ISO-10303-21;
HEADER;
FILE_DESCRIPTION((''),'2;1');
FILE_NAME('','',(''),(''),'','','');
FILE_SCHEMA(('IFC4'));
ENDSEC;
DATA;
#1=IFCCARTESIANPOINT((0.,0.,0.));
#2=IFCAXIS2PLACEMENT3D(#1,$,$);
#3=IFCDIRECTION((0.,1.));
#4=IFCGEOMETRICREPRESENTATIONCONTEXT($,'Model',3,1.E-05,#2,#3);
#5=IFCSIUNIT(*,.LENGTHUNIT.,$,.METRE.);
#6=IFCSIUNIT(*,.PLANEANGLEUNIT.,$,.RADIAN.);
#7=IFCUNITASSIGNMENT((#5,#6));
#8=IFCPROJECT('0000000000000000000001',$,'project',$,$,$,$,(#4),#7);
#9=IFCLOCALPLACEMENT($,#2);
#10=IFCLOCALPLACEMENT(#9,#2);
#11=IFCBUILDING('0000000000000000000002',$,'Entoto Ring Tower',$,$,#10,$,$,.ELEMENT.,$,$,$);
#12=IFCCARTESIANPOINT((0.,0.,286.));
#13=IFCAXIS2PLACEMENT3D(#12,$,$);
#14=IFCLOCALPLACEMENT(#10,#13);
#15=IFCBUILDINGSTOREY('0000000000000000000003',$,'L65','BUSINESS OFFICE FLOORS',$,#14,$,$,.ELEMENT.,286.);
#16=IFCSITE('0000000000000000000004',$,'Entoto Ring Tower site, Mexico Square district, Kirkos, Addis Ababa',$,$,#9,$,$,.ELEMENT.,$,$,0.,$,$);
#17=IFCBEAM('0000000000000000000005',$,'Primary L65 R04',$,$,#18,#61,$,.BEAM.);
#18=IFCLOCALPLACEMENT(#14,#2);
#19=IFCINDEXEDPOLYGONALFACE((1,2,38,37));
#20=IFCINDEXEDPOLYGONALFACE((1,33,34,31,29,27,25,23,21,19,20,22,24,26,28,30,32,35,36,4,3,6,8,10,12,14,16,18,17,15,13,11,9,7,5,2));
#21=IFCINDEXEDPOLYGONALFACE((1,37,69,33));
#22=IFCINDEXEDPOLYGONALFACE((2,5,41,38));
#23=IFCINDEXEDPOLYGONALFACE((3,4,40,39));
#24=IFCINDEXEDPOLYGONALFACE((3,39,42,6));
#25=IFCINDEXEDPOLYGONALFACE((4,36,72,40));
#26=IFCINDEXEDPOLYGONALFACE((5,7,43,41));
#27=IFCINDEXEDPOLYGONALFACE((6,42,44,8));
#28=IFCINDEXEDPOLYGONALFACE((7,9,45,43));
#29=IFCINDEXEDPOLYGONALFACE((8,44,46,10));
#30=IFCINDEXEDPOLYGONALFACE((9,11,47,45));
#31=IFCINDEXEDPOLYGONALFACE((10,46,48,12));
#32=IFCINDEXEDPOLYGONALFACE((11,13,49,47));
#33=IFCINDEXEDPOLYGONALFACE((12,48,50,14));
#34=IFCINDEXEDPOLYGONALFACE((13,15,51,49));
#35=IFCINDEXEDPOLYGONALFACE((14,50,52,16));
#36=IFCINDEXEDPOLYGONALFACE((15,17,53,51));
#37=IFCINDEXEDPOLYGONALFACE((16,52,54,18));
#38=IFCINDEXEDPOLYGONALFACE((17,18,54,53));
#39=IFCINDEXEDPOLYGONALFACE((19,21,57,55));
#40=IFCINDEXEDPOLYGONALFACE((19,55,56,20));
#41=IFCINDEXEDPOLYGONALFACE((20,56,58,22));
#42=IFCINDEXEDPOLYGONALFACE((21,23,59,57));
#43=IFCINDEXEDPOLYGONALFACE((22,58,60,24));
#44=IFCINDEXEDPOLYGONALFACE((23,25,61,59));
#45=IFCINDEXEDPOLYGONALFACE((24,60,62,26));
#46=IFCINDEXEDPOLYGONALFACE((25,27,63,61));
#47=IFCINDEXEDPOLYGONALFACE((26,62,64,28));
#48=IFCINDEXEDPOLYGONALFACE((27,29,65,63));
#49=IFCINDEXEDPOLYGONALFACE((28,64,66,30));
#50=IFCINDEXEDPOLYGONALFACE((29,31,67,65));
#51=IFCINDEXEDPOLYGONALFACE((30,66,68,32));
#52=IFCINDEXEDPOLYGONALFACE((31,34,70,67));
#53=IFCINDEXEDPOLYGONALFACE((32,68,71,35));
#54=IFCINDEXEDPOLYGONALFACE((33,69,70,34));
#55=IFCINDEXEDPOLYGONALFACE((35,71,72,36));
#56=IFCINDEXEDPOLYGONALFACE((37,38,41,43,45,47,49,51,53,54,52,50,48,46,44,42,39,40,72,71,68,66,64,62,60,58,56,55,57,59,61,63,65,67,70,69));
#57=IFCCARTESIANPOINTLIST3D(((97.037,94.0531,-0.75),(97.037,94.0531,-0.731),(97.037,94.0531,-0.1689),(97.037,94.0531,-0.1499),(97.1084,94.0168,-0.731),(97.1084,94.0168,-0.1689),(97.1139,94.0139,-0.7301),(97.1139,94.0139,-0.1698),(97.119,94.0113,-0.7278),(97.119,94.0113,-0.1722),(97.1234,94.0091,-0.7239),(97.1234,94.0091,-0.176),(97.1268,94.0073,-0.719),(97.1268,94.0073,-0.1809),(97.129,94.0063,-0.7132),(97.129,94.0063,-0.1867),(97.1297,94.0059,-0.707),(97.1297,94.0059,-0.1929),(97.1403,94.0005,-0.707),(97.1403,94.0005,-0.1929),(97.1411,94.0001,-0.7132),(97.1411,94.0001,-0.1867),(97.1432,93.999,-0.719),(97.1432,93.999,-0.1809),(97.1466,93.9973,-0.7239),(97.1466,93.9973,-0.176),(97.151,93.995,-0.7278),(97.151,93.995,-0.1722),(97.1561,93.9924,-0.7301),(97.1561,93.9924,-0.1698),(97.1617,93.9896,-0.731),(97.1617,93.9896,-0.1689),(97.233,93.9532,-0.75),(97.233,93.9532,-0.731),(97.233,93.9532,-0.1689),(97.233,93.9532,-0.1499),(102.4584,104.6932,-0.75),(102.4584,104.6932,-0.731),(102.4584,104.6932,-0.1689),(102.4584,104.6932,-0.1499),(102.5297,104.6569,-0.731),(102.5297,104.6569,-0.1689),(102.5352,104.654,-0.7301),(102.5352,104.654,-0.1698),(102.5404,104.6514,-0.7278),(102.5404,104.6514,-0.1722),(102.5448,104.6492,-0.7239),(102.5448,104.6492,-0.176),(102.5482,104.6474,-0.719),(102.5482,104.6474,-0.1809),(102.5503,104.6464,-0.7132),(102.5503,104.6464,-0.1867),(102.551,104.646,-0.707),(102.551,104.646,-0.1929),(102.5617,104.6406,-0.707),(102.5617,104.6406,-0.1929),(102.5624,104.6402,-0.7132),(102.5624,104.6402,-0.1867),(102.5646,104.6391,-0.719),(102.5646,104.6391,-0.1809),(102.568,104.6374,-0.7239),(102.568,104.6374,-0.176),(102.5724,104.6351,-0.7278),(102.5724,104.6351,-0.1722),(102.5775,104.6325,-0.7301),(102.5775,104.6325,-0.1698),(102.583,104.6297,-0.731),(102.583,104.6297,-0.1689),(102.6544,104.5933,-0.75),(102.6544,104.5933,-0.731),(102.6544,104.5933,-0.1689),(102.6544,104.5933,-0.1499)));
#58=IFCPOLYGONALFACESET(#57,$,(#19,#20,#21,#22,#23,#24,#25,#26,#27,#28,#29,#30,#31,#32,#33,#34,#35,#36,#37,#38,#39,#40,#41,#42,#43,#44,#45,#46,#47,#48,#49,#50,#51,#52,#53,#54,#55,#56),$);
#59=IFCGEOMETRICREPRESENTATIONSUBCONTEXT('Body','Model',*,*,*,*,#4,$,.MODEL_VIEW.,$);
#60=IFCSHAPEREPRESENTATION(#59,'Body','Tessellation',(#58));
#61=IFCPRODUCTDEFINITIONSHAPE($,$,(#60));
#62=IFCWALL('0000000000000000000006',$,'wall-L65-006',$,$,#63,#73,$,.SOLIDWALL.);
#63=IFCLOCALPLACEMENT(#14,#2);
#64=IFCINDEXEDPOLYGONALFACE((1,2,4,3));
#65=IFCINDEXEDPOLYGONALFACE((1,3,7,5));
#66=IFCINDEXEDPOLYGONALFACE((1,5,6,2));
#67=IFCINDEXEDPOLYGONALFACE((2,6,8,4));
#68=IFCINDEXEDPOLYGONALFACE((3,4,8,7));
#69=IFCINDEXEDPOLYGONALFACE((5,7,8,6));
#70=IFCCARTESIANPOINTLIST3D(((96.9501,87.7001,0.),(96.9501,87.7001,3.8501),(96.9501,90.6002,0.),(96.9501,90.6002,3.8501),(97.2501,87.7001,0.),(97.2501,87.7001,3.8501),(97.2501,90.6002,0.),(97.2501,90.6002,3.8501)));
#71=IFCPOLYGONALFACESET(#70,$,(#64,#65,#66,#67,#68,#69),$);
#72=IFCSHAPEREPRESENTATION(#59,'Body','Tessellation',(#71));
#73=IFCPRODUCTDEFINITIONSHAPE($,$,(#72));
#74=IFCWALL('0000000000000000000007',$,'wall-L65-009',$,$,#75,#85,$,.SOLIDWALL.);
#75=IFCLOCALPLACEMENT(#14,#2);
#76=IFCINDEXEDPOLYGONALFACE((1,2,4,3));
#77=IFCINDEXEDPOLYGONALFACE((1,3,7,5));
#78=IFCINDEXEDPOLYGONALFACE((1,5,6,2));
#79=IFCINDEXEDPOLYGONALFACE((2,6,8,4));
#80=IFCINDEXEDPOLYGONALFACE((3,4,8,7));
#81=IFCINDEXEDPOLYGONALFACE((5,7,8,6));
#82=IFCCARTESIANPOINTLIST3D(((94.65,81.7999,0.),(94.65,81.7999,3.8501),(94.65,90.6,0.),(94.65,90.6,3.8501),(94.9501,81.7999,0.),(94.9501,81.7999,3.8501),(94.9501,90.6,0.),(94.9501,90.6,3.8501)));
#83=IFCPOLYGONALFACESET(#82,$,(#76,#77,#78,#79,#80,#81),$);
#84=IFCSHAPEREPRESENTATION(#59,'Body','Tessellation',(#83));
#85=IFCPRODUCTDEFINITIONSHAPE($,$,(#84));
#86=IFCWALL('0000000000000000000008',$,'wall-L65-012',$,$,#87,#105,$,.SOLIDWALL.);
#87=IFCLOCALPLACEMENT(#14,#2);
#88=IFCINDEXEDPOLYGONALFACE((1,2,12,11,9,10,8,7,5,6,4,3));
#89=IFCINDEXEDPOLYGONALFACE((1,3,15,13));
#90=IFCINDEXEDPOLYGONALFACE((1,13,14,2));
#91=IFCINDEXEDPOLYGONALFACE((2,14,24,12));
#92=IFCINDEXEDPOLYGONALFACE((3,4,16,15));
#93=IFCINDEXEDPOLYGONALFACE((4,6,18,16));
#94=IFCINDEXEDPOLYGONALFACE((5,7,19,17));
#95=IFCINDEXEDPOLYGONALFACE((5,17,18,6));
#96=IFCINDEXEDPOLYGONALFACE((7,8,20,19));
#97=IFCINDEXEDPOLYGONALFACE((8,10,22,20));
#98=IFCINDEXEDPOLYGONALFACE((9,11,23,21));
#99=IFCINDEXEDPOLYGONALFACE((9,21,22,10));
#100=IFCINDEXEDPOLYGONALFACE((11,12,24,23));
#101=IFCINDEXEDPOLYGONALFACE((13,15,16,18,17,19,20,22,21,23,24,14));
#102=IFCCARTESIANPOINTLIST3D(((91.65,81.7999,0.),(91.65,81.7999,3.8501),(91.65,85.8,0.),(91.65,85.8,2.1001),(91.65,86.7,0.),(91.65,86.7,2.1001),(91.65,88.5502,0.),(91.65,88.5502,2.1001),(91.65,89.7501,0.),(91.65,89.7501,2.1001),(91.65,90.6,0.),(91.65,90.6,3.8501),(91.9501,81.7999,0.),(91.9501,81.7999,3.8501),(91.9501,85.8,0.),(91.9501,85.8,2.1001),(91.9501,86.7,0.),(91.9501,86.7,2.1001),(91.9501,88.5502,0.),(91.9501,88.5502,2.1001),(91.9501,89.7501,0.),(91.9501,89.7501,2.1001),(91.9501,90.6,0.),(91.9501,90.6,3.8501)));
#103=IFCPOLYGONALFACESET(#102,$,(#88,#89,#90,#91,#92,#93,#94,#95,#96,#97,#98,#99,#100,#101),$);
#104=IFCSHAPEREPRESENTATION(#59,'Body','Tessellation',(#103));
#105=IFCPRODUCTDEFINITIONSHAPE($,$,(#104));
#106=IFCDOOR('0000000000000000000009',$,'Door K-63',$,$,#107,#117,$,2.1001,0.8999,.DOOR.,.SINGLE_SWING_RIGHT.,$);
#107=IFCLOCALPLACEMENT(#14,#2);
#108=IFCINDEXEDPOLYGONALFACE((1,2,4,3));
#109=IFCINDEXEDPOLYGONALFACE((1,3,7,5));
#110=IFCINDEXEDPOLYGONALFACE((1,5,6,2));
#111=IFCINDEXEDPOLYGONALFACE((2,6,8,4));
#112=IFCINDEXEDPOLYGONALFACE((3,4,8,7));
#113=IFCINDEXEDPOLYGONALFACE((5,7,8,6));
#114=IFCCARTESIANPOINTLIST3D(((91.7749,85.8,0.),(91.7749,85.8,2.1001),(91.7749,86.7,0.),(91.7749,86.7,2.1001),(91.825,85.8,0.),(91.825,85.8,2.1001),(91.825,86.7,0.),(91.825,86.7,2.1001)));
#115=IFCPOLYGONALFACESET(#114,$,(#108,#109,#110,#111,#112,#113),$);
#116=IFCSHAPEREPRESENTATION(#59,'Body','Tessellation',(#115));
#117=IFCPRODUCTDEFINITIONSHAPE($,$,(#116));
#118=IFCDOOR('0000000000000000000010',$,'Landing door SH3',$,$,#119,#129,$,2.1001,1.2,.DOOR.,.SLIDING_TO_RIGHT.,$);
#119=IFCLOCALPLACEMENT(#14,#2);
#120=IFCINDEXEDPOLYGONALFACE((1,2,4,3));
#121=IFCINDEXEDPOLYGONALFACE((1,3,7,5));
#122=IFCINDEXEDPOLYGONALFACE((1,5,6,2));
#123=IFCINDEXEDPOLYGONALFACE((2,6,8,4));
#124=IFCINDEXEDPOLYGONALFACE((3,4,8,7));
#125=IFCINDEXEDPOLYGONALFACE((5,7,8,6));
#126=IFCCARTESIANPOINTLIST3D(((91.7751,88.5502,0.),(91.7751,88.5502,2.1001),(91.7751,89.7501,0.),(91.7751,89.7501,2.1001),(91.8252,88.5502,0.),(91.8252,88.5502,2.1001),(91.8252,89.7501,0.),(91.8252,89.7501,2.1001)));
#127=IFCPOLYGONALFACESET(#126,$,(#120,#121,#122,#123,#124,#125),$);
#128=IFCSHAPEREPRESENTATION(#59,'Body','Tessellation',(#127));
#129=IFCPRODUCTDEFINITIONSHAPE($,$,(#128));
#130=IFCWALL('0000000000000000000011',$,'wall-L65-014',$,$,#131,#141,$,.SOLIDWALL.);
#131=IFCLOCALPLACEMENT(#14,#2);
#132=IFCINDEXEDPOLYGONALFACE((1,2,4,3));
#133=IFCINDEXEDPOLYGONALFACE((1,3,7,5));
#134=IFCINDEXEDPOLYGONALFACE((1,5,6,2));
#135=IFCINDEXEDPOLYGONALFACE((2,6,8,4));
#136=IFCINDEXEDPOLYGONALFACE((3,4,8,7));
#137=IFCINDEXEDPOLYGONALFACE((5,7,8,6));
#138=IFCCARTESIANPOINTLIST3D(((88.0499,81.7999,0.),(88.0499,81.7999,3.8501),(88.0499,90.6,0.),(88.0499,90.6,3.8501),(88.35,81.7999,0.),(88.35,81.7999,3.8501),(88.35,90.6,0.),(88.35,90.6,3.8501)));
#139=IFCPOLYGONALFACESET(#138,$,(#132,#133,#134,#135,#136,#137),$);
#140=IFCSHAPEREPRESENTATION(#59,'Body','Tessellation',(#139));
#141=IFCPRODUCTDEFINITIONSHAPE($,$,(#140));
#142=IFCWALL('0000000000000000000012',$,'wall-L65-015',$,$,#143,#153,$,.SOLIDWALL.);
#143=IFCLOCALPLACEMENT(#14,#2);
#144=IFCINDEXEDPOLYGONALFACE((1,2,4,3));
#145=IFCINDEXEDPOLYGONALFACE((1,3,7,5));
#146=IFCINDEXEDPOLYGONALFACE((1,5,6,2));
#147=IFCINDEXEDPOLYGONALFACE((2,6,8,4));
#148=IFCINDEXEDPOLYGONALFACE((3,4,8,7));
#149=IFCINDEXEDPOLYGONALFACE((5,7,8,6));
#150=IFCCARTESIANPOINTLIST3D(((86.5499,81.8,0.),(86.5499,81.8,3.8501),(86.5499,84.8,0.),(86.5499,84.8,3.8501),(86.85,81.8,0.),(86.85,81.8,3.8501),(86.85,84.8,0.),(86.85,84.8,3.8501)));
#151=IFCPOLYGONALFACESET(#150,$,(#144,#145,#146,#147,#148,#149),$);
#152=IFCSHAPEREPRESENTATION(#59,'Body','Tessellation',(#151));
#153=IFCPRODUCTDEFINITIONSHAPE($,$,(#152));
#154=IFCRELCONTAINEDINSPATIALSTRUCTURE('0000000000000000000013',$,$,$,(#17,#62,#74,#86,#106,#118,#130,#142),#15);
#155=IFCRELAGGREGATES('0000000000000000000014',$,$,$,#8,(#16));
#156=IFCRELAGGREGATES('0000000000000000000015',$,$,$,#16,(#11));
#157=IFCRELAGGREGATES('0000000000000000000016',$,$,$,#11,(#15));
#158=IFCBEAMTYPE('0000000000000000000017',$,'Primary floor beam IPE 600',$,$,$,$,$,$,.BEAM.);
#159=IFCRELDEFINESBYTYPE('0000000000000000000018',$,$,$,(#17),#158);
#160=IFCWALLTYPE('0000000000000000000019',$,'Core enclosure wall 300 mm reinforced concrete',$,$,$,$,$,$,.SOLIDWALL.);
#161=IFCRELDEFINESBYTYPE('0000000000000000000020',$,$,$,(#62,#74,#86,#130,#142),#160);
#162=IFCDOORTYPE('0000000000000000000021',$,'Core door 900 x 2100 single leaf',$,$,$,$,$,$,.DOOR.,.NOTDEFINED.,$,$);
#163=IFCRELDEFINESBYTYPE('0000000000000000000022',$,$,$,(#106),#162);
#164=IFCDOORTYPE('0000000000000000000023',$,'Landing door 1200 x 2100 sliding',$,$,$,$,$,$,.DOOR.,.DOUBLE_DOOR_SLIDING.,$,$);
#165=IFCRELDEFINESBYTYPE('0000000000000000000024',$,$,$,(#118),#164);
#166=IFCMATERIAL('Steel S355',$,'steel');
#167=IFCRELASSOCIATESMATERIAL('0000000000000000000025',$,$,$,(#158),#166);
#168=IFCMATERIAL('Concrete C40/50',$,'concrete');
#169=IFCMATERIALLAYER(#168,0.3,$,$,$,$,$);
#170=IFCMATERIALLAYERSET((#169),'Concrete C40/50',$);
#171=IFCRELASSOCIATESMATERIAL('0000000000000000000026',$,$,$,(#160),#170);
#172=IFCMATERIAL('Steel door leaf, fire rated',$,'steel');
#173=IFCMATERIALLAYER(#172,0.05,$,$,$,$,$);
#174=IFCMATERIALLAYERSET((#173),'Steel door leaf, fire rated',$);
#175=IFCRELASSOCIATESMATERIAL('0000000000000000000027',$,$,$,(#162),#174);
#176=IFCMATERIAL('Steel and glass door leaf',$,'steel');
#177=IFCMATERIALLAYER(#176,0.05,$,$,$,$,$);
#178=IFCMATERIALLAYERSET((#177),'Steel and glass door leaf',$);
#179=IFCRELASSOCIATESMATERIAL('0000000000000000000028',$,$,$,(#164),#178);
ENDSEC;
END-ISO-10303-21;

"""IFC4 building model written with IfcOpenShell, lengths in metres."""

from ifc_helpers import new_model, si_unit, direction, frame, frame_2d, origin, origin_2d, place, context, subcontext, project, spatial, rectangle, i_section, extrude, material, layer, layer_set, material_profile, profile_set, type_object, element, fill, save


model = new_model("IFC4")

# Units and contexts
model_context = context("Model", 3, precision=1e-05, world=origin(), true_north=direction((0.0, 1.0)))
body_context = subcontext(model_context, "Body", "Model", "MODEL_VIEW")
ifc_project = project(units=[si_unit("LENGTHUNIT", "METRE"), si_unit("PLANEANGLEUNIT", "RADIAN")], contexts=[model_context])

# Site, building, storey
site_placement = place(None, origin())
site = spatial("IfcSite", under=ifc_project, at=site_placement, Name="Entoto Ring Tower site, Mexico Square district, Kirkos, Addis Ababa", CompositionType="ELEMENT", RefElevation=0.0)
building_placement = place(site_placement, origin())
building = spatial("IfcBuilding", under=site, at=building_placement, Name="Entoto Ring Tower", CompositionType="ELEMENT")
storey_placement = place(building_placement, frame((0.0, 0.0, 286.0)))
storey = spatial("IfcBuildingStorey", under=building, at=storey_placement, Name="L65", Description="BUSINESS OFFICE FLOORS", CompositionType="ELEMENT", Elevation=286.0)

# Beam
ifc_material_1 = material(Name="Steel S355", Category="steel")
ifc_material_profile = material_profile(ifc_material_1, i_section(OverallWidth=0.22, OverallDepth=0.6001, WebThickness=0.012, FlangeThickness=0.019, FilletRadius=0.0239, at=origin_2d()), Name="IPE 600")
ifc_profile_set = profile_set([ifc_material_profile], Name="Steel S355")
beam_type = type_object("IfcBeamType", Name="Primary floor beam IPE 600", PredefinedType="BEAM", material=ifc_profile_set)
beam_placement = place(storey_placement, frame((97.135, 94.0032, -0.45), z_axis=(0.453988, 0.891008, 0.0), x_axis=(-0.891008, 0.453988, 0.0)))
element("IfcBeam", 1, at=beam_placement, inside=storey, type_object=beam_type, Name="Primary L65 R04", PredefinedType="BEAM", context=body_context, shape_type="SweptSolid", body=[
    extrude(i_section(OverallWidth=0.22, OverallDepth=0.6001, WebThickness=0.012, FlangeThickness=0.019, FilletRadius=0.0239, at=origin_2d()), origin(), (0.0, 0.0, 1.0), 11.9417),
])

# Walls
ifc_material_2 = material(Name="Concrete C40/50", Category="concrete")
ifc_layer_1 = layer(ifc_material_2, 0.3)
ifc_layer_set_1 = layer_set([ifc_layer_1], Name="Concrete C40/50")
wall_type_1 = type_object("IfcWallType", Name="Core enclosure wall 300 mm reinforced concrete", PredefinedType="SOLIDWALL", material=ifc_layer_set_1)
wall_1_placement = place(storey_placement, frame((97.1001, 87.7, 0.0), z_axis=(0.0, 0.0, 1.0), x_axis=(0.0, 1.0, 0.0)))
element("IfcWall", 2, at=wall_1_placement, inside=storey, type_object=wall_type_1, Name="wall-L65-006", PredefinedType="SOLIDWALL", context=body_context, shape_type="SweptSolid", body=[
    extrude(rectangle(XDim=2.9001, YDim=0.3, at=frame_2d((1.4502, 0.0))), origin(), (0.0, 0.0, 1.0), 3.8501),
])
wall_2_placement = place(storey_placement, frame((94.8, 81.8, 0.0), z_axis=(0.0, 0.0, 1.0), x_axis=(0.0, 1.0, 0.0)))
element("IfcWall", 3, at=wall_2_placement, inside=storey, type_object=wall_type_1, Name="wall-L65-009", PredefinedType="SOLIDWALL", context=body_context, shape_type="SweptSolid", body=[
    extrude(rectangle(XDim=8.8, YDim=0.3, at=frame_2d((4.3999, 0.0))), origin(), (0.0, 0.0, 1.0), 3.8501),
])

# Wall, openings, doors
wall_3_placement = place(storey_placement, frame((91.8, 81.8, 0.0), z_axis=(0.0, 0.0, 1.0), x_axis=(0.0, 1.0, 0.0)))
wall_3 = element("IfcWall", 4, at=wall_3_placement, inside=storey, type_object=wall_type_1, Name="wall-L65-012", PredefinedType="SOLIDWALL", context=body_context, shape_type="SweptSolid", body=[
    extrude(rectangle(XDim=8.8, YDim=0.3, at=frame_2d((4.3999, 0.0))), origin(), (0.0, 0.0, 1.0), 3.8501),
])
opening_1_placement = place(wall_3_placement, frame((6.75, 0.0, 0.0)))
opening_1 = element("IfcOpeningElement", 5, at=opening_1_placement, cuts=wall_3, PredefinedType="OPENING", context=body_context, shape_type="SweptSolid", body=[
    extrude(rectangle(XDim=1.2, YDim=2.1001, at=frame_2d((0.6001, 1.05))), frame((0.0, 0.1602, 0.0), z_axis=(0.0, -1.0, 0.0), x_axis=(1.0, 0.0, 0.0)), (0.0, 0.0, 1.0), 0.3201),
])
opening_2_placement = place(wall_3_placement, frame((4.0, 0.0, 0.0)))
opening_2 = element("IfcOpeningElement", 6, at=opening_2_placement, cuts=wall_3, PredefinedType="OPENING", context=body_context, shape_type="SweptSolid", body=[
    extrude(rectangle(XDim=0.8999, YDim=2.1001, at=frame_2d((0.45, 1.05))), frame((0.0, 0.1602, 0.0), z_axis=(0.0, -1.0, 0.0), x_axis=(1.0, 0.0, 0.0)), (0.0, 0.0, 1.0), 0.3201),
])
ifc_material_3 = material(Name="Steel door leaf, fire rated", Category="steel")
ifc_layer_2 = layer(ifc_material_3, 0.05)
ifc_layer_set_2 = layer_set([ifc_layer_2], Name="Steel door leaf, fire rated")
door_type_1 = type_object("IfcDoorType", Name="Core door 900 x 2100 single leaf", OperationType="NOTDEFINED", PredefinedType="DOOR", material=ifc_layer_set_2)
door_1_placement = place(opening_2_placement, frame((0.8999, 0.0, 0.0), z_axis=(0.0, 0.0, 1.0), x_axis=(-1.0, 0.0, 0.0)))
door_1 = element("IfcDoor", 7, at=door_1_placement, inside=storey, type_object=door_type_1, Name="Door K-63", OperationType="SINGLE_SWING_RIGHT", OverallHeight=2.1001, OverallWidth=0.8999, PredefinedType="DOOR", context=body_context, shape_type="SweptSolid", body=[
    extrude(rectangle(XDim=0.8999, YDim=2.1001, at=frame_2d((0.45, 1.05))), frame((0.0, 0.0249, 0.0), z_axis=(0.0, -1.0, 0.0), x_axis=(1.0, 0.0, 0.0)), (0.0, 0.0, 1.0), 0.05),
])
fill(opening_2, door_1)
ifc_material_4 = material(Name="Steel and glass door leaf", Category="steel")
ifc_layer_3 = layer(ifc_material_4, 0.05)
ifc_layer_set_3 = layer_set([ifc_layer_3], Name="Steel and glass door leaf")
door_type_2 = type_object("IfcDoorType", Name="Landing door 1200 x 2100 sliding", OperationType="DOUBLE_DOOR_SLIDING", PredefinedType="DOOR", material=ifc_layer_set_3)
door_2_placement = place(opening_1_placement, origin())
door_2 = element("IfcDoor", 8, at=door_2_placement, inside=storey, type_object=door_type_2, Name="Landing door SH3", OperationType="SLIDING_TO_RIGHT", OverallHeight=2.1001, OverallWidth=1.2, PredefinedType="DOOR", context=body_context, shape_type="SweptSolid", body=[
    extrude(rectangle(XDim=1.2, YDim=2.1001, at=frame_2d((0.6001, 1.05))), frame((0.0, 0.0249, 0.0), z_axis=(0.0, -1.0, 0.0), x_axis=(1.0, 0.0, 0.0)), (0.0, 0.0, 1.0), 0.05),
])
fill(opening_1, door_2)

# Walls
wall_4_placement = place(storey_placement, frame((88.2, 81.8, 0.0), z_axis=(0.0, 0.0, 1.0), x_axis=(0.0, 1.0, 0.0)))
element("IfcWall", 9, at=wall_4_placement, inside=storey, type_object=wall_type_1, Name="wall-L65-014", PredefinedType="SOLIDWALL", context=body_context, shape_type="SweptSolid", body=[
    extrude(rectangle(XDim=8.8, YDim=0.3, at=frame_2d((4.3999, 0.0))), origin(), (0.0, 0.0, 1.0), 3.8501),
])
wall_5_placement = place(storey_placement, frame((86.7, 81.8, 0.0), z_axis=(0.0, 0.0, 1.0), x_axis=(0.0, 1.0, 0.0)))
element("IfcWall", 10, at=wall_5_placement, inside=storey, type_object=wall_type_1, Name="wall-L65-015", PredefinedType="SOLIDWALL", context=body_context, shape_type="SweptSolid", body=[
    extrude(rectangle(XDim=3.0, YDim=0.3, at=frame_2d((1.5, 0.0))), origin(), (0.0, 0.0, 1.0), 3.8501),
])

save(model, "model.ifc")
